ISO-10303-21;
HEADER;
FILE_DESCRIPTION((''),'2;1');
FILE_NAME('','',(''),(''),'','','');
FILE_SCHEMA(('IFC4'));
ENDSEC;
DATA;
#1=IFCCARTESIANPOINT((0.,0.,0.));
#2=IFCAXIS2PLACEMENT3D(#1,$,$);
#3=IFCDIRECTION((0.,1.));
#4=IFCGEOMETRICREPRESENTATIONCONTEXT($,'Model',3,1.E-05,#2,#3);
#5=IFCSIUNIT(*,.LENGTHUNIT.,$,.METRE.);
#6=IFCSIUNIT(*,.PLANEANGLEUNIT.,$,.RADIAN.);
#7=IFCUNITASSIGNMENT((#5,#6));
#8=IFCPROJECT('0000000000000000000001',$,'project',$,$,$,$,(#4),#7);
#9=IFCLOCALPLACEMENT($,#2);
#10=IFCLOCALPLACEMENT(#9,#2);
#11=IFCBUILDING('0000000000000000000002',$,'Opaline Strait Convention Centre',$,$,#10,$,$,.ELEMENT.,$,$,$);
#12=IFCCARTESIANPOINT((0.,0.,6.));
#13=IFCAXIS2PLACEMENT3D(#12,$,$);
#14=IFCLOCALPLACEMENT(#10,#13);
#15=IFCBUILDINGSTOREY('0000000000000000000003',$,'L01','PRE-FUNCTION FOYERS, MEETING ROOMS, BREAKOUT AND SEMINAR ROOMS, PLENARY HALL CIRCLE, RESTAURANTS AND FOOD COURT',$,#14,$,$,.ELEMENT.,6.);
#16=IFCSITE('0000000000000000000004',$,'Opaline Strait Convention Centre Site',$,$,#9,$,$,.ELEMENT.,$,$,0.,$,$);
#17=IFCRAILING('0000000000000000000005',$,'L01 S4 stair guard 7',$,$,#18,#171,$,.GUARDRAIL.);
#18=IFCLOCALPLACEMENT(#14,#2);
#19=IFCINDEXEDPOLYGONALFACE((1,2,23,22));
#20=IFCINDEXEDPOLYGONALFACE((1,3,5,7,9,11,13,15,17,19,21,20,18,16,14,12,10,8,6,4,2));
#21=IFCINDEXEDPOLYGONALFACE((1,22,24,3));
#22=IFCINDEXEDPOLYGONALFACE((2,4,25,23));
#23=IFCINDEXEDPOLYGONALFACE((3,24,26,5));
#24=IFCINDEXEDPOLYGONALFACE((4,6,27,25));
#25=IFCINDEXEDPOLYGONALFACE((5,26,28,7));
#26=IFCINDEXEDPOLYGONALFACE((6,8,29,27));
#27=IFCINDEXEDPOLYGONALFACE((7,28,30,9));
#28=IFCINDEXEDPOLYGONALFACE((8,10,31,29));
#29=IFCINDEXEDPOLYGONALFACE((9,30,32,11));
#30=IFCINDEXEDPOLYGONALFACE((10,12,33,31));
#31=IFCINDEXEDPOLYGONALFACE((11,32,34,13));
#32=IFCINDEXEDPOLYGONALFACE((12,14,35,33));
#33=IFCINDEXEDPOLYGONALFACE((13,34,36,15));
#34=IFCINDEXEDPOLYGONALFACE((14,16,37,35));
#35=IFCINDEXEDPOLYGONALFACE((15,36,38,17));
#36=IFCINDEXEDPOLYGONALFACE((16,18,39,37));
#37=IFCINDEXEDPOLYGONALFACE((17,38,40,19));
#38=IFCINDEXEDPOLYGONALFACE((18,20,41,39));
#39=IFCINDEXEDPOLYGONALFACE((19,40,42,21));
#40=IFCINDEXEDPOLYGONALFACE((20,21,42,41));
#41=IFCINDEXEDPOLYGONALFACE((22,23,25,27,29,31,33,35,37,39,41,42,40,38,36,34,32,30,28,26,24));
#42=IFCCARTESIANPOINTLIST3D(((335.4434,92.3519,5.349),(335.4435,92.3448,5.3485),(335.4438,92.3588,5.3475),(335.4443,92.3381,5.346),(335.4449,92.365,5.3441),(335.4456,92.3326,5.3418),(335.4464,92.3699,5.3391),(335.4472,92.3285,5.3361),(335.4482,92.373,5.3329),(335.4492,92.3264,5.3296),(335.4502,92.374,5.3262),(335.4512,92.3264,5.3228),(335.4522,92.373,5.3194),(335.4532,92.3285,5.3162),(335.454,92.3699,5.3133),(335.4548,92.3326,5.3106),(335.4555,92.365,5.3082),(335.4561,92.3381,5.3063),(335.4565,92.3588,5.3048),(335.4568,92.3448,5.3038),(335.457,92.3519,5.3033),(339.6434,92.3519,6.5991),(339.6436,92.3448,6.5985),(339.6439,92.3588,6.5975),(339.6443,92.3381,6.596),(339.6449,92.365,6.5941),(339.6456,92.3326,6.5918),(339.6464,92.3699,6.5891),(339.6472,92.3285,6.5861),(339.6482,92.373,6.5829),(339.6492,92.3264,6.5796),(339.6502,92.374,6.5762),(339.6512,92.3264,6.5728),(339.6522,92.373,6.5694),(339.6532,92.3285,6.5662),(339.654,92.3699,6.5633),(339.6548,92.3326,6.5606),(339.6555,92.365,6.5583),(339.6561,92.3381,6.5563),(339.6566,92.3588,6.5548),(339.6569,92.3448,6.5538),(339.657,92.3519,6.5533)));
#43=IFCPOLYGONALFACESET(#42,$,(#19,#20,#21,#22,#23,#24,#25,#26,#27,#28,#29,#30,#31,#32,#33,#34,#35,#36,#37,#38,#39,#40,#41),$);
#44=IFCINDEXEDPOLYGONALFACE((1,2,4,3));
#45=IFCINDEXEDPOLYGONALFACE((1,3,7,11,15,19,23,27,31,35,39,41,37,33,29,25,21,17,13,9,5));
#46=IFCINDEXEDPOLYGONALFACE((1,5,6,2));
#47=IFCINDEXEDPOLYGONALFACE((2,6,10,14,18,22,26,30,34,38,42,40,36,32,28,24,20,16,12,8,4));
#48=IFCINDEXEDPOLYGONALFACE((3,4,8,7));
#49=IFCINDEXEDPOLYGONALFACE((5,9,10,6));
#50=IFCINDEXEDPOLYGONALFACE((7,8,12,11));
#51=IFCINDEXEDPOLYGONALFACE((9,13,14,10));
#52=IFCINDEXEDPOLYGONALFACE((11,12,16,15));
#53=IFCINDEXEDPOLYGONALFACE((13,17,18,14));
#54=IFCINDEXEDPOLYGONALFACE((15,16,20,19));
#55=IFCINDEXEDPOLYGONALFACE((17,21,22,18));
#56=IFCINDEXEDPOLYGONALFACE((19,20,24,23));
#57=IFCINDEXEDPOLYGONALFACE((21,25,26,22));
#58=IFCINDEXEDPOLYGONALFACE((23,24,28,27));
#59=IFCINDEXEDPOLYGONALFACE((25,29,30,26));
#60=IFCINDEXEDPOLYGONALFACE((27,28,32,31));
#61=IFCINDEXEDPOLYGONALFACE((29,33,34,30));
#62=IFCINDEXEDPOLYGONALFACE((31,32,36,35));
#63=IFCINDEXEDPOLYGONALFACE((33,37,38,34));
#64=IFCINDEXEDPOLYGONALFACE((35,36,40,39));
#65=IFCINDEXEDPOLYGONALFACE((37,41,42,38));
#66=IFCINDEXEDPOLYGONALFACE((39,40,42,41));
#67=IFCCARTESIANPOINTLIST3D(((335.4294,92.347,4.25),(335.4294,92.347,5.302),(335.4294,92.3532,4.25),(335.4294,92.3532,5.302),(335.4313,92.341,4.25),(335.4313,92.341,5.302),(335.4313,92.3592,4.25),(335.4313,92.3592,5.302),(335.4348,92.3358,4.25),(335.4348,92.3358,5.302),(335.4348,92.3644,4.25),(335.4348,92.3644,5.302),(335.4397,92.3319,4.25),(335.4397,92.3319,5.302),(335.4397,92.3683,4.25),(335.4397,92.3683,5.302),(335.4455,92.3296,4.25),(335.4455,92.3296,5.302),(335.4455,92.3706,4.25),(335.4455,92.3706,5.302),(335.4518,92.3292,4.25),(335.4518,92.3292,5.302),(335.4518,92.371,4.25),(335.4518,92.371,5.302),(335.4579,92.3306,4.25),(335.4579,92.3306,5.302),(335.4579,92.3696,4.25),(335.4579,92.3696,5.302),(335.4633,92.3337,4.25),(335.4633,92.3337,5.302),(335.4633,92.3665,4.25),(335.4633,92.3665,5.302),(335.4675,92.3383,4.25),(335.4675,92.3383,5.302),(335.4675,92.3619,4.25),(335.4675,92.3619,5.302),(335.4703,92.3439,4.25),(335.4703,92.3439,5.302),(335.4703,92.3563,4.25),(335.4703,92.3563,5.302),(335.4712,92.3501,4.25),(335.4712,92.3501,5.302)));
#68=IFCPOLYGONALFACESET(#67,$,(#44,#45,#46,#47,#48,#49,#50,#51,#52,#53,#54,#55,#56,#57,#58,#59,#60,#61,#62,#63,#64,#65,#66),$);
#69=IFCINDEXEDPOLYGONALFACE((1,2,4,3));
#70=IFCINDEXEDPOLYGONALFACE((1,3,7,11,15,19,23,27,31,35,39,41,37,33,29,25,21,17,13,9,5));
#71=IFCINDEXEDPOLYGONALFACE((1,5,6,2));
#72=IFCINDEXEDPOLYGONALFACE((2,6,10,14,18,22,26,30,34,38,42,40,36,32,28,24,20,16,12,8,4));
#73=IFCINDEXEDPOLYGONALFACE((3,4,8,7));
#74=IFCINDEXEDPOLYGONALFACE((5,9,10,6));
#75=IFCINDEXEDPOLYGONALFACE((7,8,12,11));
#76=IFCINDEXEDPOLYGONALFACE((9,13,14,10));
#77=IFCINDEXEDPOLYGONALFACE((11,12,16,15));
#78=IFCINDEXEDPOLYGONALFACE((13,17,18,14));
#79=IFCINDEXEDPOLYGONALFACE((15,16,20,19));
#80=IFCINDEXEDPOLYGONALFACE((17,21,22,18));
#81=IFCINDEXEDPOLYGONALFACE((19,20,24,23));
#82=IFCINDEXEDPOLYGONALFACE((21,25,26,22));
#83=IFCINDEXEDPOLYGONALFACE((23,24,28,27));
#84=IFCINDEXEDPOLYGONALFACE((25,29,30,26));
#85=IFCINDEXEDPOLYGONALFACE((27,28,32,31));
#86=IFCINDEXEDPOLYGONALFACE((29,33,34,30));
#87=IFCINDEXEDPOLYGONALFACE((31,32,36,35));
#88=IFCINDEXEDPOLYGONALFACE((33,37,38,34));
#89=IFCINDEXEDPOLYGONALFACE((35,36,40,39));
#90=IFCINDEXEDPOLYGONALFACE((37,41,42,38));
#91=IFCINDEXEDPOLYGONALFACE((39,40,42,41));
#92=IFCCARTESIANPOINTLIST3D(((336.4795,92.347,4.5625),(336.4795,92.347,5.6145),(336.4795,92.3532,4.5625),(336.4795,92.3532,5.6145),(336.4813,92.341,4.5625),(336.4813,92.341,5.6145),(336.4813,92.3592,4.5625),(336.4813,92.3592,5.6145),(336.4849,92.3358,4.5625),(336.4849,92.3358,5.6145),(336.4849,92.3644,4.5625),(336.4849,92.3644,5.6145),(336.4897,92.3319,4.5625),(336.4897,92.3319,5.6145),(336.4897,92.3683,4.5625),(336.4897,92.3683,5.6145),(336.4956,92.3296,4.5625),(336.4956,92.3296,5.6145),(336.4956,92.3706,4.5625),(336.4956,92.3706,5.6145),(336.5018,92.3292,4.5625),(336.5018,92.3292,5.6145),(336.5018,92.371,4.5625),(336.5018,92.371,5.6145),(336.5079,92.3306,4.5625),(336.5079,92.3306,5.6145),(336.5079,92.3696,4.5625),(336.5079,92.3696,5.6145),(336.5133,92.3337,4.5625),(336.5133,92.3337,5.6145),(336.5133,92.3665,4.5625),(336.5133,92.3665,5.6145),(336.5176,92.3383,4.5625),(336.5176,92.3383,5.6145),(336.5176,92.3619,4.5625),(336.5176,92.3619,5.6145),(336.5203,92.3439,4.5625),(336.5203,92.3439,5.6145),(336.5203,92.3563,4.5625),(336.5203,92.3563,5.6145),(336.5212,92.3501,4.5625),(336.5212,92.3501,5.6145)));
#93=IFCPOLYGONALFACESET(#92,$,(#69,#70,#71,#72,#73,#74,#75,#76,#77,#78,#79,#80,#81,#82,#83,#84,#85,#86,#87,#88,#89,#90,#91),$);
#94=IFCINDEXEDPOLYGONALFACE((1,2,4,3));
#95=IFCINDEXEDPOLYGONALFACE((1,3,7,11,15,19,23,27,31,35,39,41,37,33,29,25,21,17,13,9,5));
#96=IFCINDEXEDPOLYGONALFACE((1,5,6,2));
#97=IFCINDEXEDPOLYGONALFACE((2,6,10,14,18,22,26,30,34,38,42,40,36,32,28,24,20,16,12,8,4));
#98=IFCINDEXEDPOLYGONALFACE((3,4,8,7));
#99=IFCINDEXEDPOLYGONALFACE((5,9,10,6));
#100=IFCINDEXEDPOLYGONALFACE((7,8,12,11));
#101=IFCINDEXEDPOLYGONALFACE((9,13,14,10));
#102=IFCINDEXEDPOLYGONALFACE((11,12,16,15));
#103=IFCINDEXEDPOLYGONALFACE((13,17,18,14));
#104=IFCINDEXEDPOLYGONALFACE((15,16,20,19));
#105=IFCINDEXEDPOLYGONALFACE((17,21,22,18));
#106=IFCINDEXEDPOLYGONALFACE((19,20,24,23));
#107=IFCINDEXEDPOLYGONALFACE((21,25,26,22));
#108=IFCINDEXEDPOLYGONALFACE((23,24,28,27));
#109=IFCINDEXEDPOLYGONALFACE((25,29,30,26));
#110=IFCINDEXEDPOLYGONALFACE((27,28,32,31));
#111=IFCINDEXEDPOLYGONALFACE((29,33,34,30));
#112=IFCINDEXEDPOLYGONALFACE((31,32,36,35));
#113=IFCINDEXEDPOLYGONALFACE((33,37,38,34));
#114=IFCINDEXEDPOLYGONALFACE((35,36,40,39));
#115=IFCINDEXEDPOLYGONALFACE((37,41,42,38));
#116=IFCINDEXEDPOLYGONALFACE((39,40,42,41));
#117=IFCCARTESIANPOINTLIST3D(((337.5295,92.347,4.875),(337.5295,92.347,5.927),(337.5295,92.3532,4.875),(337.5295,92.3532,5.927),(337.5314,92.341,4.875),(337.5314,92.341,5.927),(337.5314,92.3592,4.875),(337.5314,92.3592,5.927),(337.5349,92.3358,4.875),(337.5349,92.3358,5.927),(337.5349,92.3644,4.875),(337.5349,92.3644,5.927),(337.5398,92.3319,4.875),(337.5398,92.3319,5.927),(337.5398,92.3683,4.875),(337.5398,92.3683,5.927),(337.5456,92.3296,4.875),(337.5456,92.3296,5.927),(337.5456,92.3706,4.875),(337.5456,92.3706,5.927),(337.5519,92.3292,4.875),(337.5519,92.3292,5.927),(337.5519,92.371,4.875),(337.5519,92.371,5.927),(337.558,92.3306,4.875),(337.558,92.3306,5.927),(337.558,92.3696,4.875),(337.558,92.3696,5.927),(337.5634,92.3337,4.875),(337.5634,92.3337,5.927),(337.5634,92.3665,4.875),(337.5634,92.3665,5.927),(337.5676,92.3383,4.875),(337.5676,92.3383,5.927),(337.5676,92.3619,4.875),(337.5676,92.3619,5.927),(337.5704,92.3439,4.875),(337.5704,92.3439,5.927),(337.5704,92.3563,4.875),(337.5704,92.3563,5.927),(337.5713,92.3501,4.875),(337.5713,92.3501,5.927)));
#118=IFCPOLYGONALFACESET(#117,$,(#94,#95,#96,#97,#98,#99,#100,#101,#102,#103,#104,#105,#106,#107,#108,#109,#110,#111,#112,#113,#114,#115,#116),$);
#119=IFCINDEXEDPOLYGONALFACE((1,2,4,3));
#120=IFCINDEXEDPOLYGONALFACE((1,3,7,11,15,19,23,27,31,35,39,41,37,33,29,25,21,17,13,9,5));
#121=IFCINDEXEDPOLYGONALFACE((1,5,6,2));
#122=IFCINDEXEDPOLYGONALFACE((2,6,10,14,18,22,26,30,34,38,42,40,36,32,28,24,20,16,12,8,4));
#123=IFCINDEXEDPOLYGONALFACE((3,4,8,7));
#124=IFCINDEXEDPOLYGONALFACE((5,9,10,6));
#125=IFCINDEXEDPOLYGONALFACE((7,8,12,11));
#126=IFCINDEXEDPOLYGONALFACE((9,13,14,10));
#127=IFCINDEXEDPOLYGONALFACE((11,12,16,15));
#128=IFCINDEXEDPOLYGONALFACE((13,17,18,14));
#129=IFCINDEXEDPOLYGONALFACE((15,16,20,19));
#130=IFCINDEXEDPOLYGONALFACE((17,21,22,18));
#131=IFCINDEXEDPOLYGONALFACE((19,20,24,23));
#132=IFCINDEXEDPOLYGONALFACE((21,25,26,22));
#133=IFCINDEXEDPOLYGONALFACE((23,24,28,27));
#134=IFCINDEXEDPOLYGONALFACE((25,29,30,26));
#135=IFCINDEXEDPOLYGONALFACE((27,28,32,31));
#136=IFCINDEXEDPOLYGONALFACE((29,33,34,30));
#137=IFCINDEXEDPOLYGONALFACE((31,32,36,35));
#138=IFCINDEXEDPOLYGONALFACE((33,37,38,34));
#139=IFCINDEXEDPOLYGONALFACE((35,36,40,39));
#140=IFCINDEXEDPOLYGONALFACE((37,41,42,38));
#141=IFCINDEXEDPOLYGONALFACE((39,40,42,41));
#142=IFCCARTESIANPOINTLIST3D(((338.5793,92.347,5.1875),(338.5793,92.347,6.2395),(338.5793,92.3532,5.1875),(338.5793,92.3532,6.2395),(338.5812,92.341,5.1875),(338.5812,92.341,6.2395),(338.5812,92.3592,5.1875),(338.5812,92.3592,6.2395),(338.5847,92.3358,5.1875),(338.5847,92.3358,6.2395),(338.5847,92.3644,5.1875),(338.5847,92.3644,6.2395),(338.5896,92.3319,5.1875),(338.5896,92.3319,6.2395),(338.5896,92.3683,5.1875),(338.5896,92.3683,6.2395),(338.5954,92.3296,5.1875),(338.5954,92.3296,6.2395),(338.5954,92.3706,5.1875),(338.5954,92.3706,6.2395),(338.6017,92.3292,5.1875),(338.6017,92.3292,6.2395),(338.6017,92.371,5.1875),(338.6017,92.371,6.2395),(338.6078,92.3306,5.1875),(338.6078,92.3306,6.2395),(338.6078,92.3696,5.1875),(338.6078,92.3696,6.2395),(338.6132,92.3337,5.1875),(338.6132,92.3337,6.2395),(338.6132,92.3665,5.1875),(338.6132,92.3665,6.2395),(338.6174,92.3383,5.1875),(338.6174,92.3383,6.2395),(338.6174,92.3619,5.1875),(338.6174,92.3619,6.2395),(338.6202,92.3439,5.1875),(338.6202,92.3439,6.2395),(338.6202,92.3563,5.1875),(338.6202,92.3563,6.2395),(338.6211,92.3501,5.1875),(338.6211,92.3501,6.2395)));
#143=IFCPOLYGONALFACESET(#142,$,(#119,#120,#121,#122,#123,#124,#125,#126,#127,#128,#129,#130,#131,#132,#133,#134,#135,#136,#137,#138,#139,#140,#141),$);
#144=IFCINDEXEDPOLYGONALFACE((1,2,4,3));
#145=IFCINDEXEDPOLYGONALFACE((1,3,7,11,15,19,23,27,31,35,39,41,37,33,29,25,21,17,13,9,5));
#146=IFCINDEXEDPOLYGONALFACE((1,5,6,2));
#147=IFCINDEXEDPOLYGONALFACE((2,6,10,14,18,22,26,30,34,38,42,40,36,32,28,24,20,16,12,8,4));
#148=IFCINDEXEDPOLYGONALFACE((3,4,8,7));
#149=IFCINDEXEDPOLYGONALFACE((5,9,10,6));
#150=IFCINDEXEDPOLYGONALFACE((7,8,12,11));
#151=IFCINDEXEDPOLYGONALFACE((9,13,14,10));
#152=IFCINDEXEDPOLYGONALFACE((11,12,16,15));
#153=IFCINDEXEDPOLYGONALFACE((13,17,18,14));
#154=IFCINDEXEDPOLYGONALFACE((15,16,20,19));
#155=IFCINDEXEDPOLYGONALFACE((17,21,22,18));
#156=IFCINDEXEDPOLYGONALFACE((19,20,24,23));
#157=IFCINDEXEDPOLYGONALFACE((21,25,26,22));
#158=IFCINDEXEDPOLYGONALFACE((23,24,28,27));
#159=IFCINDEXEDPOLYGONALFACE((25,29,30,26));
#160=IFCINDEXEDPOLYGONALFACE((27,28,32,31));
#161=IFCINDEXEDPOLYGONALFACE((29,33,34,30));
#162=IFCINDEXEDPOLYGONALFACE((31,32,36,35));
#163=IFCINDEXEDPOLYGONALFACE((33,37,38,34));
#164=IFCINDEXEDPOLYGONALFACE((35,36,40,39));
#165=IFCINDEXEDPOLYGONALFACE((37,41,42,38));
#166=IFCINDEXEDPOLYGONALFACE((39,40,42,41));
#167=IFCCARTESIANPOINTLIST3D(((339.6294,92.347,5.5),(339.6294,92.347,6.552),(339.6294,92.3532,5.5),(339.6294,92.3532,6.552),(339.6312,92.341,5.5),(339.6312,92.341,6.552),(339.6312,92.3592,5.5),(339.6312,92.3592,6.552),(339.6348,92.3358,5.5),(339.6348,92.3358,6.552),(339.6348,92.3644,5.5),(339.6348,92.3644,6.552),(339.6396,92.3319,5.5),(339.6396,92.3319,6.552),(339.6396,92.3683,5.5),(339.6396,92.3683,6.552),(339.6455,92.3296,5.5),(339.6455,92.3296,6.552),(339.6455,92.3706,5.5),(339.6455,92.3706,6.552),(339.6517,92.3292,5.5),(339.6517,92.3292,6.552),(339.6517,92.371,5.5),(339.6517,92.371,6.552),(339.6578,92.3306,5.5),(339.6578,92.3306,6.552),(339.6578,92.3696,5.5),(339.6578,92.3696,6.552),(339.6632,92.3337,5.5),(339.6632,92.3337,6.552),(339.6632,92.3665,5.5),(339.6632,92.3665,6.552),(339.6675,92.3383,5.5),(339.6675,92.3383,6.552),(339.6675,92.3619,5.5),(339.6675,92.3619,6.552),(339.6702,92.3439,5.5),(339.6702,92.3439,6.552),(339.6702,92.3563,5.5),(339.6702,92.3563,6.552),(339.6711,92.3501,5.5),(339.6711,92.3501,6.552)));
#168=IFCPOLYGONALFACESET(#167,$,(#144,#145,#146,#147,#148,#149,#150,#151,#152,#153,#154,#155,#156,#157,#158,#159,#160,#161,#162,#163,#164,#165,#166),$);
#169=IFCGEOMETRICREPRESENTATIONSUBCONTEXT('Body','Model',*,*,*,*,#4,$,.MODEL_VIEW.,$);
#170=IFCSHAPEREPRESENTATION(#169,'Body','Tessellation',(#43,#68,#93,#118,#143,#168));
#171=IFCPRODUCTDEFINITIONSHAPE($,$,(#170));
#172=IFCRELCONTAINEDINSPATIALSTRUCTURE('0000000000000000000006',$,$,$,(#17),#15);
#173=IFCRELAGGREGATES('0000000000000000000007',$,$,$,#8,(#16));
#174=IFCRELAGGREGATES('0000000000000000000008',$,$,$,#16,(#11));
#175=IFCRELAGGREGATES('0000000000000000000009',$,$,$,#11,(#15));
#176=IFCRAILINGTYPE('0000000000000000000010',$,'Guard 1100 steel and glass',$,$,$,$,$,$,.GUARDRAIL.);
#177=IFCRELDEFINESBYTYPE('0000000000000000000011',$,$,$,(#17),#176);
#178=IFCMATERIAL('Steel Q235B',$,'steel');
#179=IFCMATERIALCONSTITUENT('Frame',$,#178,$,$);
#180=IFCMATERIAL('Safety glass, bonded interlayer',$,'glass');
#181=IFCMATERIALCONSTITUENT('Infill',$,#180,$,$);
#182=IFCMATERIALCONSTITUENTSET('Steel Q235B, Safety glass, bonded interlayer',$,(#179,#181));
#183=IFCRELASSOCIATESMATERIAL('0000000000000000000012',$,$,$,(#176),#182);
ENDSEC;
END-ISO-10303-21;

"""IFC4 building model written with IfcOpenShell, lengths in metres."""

from ifc_helpers import new_model, si_unit, direction, frame, origin, origin_2d, place, context, subcontext, project, spatial, circle, extrude, material, constituent, constituent_set, type_object, element, save


model = new_model("IFC4")

# Units and contexts
model_context = context("Model", 3, precision=1e-05, world=origin(), true_north=direction((0.0, 1.0)))
body_context = subcontext(model_context, "Body", "Model", "MODEL_VIEW")
ifc_project = project(units=[si_unit("LENGTHUNIT", "METRE"), si_unit("PLANEANGLEUNIT", "RADIAN")], contexts=[model_context])

# Site, building, storey
site_placement = place(None, origin())
site = spatial("IfcSite", under=ifc_project, at=site_placement, Name="Opaline Strait Convention Centre Site", CompositionType="ELEMENT", RefElevation=0.0)
building_placement = place(site_placement, origin())
building = spatial("IfcBuilding", under=site, at=building_placement, Name="Opaline Strait Convention Centre", CompositionType="ELEMENT")
storey_placement = place(building_placement, frame((0.0, 0.0, 6.0)))
storey = spatial("IfcBuildingStorey", under=building, at=storey_placement, Name="L01", Description="PRE-FUNCTION FOYERS, MEETING ROOMS, BREAKOUT AND SEMINAR ROOMS, PLENARY HALL CIRCLE, RESTAURANTS AND FOOD COURT", CompositionType="ELEMENT", Elevation=6.0)

# Railing
ifc_material_1 = material(Name="Steel Q235B", Category="steel")
ifc_constituent_1 = constituent(ifc_material_1, Name="Frame")
ifc_material_2 = material(Name="Safety glass, bonded interlayer", Category="glass")
ifc_constituent_2 = constituent(ifc_material_2, Name="Infill")
ifc_constituent_set = constituent_set(constituents=[ifc_constituent_1, ifc_constituent_2], Name="Steel Q235B, Safety glass, bonded interlayer")
railing_type_1 = type_object("IfcRailingType", Name="Guard 1100 steel and glass", PredefinedType="GUARDRAIL", material=ifc_constituent_set)
railing_1_placement = place(storey_placement, frame((335.4502, 92.3501, 4.25)))
element("IfcRailing", 1, at=railing_1_placement, inside=storey, type_object=railing_type_1, Name="L01 S4 stair guard 7", PredefinedType="GUARDRAIL", context=body_context, shape_type="SweptSolid", body=[
    extrude(circle(Radius=0.0239, at=origin_2d()), frame((0.0, 0.0, 1.0762), z_axis=(0.958451, 0.0, 0.285257), x_axis=(0.0, 1.0, 0.0)), (0.0, 0.0, 1.0), 4.3821),
    extrude(circle(Radius=0.021, at=origin_2d()), origin(), (0.0, 0.0, 1.0), 1.052),
    extrude(circle(Radius=0.021, at=origin_2d()), frame((1.05, 0.0, 0.3125)), (0.0, 0.0, 1.0), 1.052),
    extrude(circle(Radius=0.021, at=origin_2d()), frame((2.1001, 0.0, 0.625)), (0.0, 0.0, 1.0), 1.052),
    extrude(circle(Radius=0.021, at=origin_2d()), frame((3.1499, 0.0, 0.9375)), (0.0, 0.0, 1.0), 1.052),
    extrude(circle(Radius=0.021, at=origin_2d()), frame((4.2, 0.0, 1.25)), (0.0, 0.0, 1.0), 1.052),
])

save(model, "model.ifc")
